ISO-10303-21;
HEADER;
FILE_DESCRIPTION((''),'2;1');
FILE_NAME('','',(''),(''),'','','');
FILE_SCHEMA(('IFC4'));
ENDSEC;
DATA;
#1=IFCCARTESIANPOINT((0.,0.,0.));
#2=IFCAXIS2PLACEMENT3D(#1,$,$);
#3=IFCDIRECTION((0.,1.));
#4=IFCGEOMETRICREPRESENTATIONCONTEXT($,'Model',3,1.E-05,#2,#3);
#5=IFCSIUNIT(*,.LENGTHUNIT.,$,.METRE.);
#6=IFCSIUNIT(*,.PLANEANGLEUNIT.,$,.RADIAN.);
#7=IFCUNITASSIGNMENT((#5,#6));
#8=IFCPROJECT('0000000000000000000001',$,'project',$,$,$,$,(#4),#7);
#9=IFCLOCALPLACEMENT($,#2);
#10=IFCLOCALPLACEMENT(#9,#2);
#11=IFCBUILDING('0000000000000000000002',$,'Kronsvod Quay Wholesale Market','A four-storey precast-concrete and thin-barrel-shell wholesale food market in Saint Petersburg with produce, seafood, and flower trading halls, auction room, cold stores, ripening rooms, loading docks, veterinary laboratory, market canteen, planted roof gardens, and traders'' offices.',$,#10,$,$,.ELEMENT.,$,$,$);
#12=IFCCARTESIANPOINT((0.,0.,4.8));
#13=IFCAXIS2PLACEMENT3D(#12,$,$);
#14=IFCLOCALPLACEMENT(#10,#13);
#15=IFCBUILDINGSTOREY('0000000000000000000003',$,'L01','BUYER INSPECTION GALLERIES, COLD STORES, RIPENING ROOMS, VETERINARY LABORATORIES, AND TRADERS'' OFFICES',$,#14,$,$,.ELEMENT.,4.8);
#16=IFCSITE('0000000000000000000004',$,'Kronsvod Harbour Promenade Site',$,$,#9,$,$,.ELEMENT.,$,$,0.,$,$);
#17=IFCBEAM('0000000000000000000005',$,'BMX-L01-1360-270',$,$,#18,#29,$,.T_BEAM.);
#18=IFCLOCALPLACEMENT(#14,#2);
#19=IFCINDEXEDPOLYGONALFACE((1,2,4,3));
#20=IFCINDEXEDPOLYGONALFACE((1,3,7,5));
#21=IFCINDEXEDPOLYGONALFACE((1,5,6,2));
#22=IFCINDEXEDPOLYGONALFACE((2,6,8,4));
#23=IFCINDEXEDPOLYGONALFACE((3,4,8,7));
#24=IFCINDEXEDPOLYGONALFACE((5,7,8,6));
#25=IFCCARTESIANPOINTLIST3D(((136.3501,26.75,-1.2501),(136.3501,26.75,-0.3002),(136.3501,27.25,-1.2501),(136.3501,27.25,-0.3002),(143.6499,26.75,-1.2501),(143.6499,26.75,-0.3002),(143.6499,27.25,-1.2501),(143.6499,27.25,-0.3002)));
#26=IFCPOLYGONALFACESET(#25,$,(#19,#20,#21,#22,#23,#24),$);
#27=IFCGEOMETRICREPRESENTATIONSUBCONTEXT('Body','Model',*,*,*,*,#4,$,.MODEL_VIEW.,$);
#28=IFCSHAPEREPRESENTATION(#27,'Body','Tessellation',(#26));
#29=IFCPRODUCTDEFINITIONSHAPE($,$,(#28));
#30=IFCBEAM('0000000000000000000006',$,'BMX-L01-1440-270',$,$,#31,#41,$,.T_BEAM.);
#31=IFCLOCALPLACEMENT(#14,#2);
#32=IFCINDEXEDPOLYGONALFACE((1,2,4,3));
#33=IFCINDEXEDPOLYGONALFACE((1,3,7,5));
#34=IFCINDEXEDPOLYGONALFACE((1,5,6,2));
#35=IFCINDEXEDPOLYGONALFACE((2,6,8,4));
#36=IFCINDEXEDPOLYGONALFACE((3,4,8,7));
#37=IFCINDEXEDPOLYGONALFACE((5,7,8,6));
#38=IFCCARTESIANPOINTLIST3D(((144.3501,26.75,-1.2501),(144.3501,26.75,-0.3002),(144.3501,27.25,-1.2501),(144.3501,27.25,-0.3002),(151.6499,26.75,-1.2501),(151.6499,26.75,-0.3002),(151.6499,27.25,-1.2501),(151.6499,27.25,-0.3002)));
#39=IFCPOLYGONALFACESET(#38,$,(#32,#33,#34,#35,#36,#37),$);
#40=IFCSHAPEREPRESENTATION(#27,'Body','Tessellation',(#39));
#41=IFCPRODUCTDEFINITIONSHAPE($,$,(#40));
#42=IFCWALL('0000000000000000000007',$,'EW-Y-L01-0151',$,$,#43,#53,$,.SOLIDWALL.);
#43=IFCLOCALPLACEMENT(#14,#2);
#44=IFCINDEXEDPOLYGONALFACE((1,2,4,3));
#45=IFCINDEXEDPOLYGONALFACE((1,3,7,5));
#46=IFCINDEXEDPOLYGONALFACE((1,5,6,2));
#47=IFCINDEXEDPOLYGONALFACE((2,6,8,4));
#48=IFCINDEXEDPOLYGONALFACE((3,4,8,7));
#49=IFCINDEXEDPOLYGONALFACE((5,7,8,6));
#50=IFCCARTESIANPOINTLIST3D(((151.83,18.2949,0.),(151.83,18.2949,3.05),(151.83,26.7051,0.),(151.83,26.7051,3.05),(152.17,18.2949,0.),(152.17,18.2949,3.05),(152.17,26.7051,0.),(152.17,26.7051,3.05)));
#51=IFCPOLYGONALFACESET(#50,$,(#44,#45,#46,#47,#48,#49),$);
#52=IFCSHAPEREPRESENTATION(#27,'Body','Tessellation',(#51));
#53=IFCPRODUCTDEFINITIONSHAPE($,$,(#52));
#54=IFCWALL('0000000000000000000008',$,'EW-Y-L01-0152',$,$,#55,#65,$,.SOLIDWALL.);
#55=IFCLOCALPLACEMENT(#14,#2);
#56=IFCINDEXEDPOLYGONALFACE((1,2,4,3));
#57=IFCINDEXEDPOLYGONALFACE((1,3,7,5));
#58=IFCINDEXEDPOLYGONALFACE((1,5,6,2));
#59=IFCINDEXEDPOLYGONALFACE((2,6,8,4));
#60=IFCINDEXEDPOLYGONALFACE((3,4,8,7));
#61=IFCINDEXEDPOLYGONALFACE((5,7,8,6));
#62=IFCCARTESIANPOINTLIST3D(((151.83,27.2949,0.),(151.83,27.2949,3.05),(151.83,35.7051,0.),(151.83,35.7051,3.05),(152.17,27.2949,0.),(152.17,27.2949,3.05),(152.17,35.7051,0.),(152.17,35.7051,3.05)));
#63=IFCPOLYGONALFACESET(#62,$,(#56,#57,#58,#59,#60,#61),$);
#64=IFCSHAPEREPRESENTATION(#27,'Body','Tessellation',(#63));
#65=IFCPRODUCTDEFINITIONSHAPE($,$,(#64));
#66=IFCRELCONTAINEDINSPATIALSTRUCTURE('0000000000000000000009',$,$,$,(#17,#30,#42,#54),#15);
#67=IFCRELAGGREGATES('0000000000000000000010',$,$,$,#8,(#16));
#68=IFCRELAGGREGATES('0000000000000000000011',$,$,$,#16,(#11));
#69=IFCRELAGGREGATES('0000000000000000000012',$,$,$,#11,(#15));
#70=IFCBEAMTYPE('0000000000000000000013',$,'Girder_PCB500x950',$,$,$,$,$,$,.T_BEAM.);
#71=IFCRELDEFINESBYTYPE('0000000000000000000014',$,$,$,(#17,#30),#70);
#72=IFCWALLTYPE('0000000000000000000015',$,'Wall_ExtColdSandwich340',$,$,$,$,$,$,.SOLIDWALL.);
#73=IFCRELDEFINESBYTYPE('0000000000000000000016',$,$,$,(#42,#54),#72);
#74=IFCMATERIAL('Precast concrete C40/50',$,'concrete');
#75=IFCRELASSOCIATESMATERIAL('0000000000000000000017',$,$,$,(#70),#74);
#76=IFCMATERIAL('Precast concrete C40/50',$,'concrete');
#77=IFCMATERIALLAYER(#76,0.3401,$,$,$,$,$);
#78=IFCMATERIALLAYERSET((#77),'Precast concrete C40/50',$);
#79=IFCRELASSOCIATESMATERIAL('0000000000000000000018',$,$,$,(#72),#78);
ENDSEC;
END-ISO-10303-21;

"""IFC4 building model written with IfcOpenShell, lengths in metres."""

from ifc_helpers import new_model, si_unit, direction, frame, frame_2d, origin, origin_2d, place, context, subcontext, project, spatial, rectangle, extrude, material, layer, layer_set, material_profile, profile_set, type_object, element, save


model = new_model("IFC4")

# Units and contexts
model_context = context("Model", 3, precision=1e-05, world=origin(), true_north=direction((0.0, 1.0)))
body_context = subcontext(model_context, "Body", "Model", "MODEL_VIEW")
ifc_project = project(units=[si_unit("LENGTHUNIT", "METRE"), si_unit("PLANEANGLEUNIT", "RADIAN")], contexts=[model_context])

# Site, building, storey
site_placement = place(None, origin())
site = spatial("IfcSite", under=ifc_project, at=site_placement, Name="Kronsvod Harbour Promenade Site", CompositionType="ELEMENT", RefElevation=0.0)
building_placement = place(site_placement, origin())
building = spatial("IfcBuilding", under=site, at=building_placement, Name="Kronsvod Quay Wholesale Market", Description="A four-storey precast-concrete and thin-barrel-shell wholesale food market in Saint Petersburg with produce, seafood, and flower trading halls, auction room, cold stores, ripening rooms, loading docks, veterinary laboratory, market canteen, planted roof gardens, and traders' offices.", CompositionType="ELEMENT")
storey_placement = place(building_placement, frame((0.0, 0.0, 4.8)))
storey = spatial("IfcBuildingStorey", under=building, at=storey_placement, Name="L01", Description="BUYER INSPECTION GALLERIES, COLD STORES, RIPENING ROOMS, VETERINARY LABORATORIES, AND TRADERS' OFFICES", CompositionType="ELEMENT", Elevation=4.8)

# Beams
ifc_material_1 = material(Name="Precast concrete C40/50", Category="concrete")
ifc_material_profile_1 = material_profile(ifc_material_1, rectangle(XDim=0.5, YDim=0.95, at=origin_2d()), Name="PCB500x950")
ifc_profile_set_1 = profile_set([ifc_material_profile_1], Name="Precast concrete C40/50")
beam_type_1 = type_object("IfcBeamType", Name="Girder_PCB500x950", PredefinedType="T_BEAM", material=ifc_profile_set_1)
for number, where, z_axis, x_axis, name in (
    (1, (136.3501, 27.0, -0.7751), (1.0, 0.0, 0.0), (0.0, 1.0, 0.0), "BMX-L01-1360-270"),
    (2, (144.3501, 27.0, -0.7751), (1.0, 0.0, 0.0), (0.0, 1.0, 0.0), "BMX-L01-1440-270"),
):
    element("IfcBeam", number, at=place(storey_placement, frame(where, z_axis=z_axis, x_axis=x_axis)), inside=storey, type_object=beam_type_1, Name=name, PredefinedType="T_BEAM", context=body_context, shape_type="SweptSolid", body=[
        extrude(rectangle(XDim=0.5, YDim=0.95, at=origin_2d()), origin(), (0.0, 0.0, 1.0), 7.2998),
    ])

# Walls
ifc_material_2 = material(Name="Precast concrete C40/50", Category="concrete")
ifc_layer = layer(ifc_material_2, 0.3401)
ifc_layer_set = layer_set([ifc_layer], Name="Precast concrete C40/50")
wall_type = type_object("IfcWallType", Name="Wall_ExtColdSandwich340", PredefinedType="SOLIDWALL", material=ifc_layer_set)
for number, where, z_axis, x_axis, name in (
    (3, (152.0, 26.7051, 0.0), (0.0, 0.0, 1.0), (0.0, -1.0, 0.0), "EW-Y-L01-0151"),
    (4, (152.0, 35.7051, 0.0), (0.0, 0.0, 1.0), (0.0, -1.0, 0.0), "EW-Y-L01-0152"),
):
    element("IfcWall", number, at=place(storey_placement, frame(where, z_axis=z_axis, x_axis=x_axis)), inside=storey, type_object=wall_type, Name=name, PredefinedType="SOLIDWALL", context=body_context, shape_type="SweptSolid", body=[
        extrude(rectangle(XDim=8.4102, YDim=0.3401, at=frame_2d((4.2051, 0.0))), origin(), (0.0, 0.0, 1.0), 3.05),
    ])

save(model, "model.ifc")
